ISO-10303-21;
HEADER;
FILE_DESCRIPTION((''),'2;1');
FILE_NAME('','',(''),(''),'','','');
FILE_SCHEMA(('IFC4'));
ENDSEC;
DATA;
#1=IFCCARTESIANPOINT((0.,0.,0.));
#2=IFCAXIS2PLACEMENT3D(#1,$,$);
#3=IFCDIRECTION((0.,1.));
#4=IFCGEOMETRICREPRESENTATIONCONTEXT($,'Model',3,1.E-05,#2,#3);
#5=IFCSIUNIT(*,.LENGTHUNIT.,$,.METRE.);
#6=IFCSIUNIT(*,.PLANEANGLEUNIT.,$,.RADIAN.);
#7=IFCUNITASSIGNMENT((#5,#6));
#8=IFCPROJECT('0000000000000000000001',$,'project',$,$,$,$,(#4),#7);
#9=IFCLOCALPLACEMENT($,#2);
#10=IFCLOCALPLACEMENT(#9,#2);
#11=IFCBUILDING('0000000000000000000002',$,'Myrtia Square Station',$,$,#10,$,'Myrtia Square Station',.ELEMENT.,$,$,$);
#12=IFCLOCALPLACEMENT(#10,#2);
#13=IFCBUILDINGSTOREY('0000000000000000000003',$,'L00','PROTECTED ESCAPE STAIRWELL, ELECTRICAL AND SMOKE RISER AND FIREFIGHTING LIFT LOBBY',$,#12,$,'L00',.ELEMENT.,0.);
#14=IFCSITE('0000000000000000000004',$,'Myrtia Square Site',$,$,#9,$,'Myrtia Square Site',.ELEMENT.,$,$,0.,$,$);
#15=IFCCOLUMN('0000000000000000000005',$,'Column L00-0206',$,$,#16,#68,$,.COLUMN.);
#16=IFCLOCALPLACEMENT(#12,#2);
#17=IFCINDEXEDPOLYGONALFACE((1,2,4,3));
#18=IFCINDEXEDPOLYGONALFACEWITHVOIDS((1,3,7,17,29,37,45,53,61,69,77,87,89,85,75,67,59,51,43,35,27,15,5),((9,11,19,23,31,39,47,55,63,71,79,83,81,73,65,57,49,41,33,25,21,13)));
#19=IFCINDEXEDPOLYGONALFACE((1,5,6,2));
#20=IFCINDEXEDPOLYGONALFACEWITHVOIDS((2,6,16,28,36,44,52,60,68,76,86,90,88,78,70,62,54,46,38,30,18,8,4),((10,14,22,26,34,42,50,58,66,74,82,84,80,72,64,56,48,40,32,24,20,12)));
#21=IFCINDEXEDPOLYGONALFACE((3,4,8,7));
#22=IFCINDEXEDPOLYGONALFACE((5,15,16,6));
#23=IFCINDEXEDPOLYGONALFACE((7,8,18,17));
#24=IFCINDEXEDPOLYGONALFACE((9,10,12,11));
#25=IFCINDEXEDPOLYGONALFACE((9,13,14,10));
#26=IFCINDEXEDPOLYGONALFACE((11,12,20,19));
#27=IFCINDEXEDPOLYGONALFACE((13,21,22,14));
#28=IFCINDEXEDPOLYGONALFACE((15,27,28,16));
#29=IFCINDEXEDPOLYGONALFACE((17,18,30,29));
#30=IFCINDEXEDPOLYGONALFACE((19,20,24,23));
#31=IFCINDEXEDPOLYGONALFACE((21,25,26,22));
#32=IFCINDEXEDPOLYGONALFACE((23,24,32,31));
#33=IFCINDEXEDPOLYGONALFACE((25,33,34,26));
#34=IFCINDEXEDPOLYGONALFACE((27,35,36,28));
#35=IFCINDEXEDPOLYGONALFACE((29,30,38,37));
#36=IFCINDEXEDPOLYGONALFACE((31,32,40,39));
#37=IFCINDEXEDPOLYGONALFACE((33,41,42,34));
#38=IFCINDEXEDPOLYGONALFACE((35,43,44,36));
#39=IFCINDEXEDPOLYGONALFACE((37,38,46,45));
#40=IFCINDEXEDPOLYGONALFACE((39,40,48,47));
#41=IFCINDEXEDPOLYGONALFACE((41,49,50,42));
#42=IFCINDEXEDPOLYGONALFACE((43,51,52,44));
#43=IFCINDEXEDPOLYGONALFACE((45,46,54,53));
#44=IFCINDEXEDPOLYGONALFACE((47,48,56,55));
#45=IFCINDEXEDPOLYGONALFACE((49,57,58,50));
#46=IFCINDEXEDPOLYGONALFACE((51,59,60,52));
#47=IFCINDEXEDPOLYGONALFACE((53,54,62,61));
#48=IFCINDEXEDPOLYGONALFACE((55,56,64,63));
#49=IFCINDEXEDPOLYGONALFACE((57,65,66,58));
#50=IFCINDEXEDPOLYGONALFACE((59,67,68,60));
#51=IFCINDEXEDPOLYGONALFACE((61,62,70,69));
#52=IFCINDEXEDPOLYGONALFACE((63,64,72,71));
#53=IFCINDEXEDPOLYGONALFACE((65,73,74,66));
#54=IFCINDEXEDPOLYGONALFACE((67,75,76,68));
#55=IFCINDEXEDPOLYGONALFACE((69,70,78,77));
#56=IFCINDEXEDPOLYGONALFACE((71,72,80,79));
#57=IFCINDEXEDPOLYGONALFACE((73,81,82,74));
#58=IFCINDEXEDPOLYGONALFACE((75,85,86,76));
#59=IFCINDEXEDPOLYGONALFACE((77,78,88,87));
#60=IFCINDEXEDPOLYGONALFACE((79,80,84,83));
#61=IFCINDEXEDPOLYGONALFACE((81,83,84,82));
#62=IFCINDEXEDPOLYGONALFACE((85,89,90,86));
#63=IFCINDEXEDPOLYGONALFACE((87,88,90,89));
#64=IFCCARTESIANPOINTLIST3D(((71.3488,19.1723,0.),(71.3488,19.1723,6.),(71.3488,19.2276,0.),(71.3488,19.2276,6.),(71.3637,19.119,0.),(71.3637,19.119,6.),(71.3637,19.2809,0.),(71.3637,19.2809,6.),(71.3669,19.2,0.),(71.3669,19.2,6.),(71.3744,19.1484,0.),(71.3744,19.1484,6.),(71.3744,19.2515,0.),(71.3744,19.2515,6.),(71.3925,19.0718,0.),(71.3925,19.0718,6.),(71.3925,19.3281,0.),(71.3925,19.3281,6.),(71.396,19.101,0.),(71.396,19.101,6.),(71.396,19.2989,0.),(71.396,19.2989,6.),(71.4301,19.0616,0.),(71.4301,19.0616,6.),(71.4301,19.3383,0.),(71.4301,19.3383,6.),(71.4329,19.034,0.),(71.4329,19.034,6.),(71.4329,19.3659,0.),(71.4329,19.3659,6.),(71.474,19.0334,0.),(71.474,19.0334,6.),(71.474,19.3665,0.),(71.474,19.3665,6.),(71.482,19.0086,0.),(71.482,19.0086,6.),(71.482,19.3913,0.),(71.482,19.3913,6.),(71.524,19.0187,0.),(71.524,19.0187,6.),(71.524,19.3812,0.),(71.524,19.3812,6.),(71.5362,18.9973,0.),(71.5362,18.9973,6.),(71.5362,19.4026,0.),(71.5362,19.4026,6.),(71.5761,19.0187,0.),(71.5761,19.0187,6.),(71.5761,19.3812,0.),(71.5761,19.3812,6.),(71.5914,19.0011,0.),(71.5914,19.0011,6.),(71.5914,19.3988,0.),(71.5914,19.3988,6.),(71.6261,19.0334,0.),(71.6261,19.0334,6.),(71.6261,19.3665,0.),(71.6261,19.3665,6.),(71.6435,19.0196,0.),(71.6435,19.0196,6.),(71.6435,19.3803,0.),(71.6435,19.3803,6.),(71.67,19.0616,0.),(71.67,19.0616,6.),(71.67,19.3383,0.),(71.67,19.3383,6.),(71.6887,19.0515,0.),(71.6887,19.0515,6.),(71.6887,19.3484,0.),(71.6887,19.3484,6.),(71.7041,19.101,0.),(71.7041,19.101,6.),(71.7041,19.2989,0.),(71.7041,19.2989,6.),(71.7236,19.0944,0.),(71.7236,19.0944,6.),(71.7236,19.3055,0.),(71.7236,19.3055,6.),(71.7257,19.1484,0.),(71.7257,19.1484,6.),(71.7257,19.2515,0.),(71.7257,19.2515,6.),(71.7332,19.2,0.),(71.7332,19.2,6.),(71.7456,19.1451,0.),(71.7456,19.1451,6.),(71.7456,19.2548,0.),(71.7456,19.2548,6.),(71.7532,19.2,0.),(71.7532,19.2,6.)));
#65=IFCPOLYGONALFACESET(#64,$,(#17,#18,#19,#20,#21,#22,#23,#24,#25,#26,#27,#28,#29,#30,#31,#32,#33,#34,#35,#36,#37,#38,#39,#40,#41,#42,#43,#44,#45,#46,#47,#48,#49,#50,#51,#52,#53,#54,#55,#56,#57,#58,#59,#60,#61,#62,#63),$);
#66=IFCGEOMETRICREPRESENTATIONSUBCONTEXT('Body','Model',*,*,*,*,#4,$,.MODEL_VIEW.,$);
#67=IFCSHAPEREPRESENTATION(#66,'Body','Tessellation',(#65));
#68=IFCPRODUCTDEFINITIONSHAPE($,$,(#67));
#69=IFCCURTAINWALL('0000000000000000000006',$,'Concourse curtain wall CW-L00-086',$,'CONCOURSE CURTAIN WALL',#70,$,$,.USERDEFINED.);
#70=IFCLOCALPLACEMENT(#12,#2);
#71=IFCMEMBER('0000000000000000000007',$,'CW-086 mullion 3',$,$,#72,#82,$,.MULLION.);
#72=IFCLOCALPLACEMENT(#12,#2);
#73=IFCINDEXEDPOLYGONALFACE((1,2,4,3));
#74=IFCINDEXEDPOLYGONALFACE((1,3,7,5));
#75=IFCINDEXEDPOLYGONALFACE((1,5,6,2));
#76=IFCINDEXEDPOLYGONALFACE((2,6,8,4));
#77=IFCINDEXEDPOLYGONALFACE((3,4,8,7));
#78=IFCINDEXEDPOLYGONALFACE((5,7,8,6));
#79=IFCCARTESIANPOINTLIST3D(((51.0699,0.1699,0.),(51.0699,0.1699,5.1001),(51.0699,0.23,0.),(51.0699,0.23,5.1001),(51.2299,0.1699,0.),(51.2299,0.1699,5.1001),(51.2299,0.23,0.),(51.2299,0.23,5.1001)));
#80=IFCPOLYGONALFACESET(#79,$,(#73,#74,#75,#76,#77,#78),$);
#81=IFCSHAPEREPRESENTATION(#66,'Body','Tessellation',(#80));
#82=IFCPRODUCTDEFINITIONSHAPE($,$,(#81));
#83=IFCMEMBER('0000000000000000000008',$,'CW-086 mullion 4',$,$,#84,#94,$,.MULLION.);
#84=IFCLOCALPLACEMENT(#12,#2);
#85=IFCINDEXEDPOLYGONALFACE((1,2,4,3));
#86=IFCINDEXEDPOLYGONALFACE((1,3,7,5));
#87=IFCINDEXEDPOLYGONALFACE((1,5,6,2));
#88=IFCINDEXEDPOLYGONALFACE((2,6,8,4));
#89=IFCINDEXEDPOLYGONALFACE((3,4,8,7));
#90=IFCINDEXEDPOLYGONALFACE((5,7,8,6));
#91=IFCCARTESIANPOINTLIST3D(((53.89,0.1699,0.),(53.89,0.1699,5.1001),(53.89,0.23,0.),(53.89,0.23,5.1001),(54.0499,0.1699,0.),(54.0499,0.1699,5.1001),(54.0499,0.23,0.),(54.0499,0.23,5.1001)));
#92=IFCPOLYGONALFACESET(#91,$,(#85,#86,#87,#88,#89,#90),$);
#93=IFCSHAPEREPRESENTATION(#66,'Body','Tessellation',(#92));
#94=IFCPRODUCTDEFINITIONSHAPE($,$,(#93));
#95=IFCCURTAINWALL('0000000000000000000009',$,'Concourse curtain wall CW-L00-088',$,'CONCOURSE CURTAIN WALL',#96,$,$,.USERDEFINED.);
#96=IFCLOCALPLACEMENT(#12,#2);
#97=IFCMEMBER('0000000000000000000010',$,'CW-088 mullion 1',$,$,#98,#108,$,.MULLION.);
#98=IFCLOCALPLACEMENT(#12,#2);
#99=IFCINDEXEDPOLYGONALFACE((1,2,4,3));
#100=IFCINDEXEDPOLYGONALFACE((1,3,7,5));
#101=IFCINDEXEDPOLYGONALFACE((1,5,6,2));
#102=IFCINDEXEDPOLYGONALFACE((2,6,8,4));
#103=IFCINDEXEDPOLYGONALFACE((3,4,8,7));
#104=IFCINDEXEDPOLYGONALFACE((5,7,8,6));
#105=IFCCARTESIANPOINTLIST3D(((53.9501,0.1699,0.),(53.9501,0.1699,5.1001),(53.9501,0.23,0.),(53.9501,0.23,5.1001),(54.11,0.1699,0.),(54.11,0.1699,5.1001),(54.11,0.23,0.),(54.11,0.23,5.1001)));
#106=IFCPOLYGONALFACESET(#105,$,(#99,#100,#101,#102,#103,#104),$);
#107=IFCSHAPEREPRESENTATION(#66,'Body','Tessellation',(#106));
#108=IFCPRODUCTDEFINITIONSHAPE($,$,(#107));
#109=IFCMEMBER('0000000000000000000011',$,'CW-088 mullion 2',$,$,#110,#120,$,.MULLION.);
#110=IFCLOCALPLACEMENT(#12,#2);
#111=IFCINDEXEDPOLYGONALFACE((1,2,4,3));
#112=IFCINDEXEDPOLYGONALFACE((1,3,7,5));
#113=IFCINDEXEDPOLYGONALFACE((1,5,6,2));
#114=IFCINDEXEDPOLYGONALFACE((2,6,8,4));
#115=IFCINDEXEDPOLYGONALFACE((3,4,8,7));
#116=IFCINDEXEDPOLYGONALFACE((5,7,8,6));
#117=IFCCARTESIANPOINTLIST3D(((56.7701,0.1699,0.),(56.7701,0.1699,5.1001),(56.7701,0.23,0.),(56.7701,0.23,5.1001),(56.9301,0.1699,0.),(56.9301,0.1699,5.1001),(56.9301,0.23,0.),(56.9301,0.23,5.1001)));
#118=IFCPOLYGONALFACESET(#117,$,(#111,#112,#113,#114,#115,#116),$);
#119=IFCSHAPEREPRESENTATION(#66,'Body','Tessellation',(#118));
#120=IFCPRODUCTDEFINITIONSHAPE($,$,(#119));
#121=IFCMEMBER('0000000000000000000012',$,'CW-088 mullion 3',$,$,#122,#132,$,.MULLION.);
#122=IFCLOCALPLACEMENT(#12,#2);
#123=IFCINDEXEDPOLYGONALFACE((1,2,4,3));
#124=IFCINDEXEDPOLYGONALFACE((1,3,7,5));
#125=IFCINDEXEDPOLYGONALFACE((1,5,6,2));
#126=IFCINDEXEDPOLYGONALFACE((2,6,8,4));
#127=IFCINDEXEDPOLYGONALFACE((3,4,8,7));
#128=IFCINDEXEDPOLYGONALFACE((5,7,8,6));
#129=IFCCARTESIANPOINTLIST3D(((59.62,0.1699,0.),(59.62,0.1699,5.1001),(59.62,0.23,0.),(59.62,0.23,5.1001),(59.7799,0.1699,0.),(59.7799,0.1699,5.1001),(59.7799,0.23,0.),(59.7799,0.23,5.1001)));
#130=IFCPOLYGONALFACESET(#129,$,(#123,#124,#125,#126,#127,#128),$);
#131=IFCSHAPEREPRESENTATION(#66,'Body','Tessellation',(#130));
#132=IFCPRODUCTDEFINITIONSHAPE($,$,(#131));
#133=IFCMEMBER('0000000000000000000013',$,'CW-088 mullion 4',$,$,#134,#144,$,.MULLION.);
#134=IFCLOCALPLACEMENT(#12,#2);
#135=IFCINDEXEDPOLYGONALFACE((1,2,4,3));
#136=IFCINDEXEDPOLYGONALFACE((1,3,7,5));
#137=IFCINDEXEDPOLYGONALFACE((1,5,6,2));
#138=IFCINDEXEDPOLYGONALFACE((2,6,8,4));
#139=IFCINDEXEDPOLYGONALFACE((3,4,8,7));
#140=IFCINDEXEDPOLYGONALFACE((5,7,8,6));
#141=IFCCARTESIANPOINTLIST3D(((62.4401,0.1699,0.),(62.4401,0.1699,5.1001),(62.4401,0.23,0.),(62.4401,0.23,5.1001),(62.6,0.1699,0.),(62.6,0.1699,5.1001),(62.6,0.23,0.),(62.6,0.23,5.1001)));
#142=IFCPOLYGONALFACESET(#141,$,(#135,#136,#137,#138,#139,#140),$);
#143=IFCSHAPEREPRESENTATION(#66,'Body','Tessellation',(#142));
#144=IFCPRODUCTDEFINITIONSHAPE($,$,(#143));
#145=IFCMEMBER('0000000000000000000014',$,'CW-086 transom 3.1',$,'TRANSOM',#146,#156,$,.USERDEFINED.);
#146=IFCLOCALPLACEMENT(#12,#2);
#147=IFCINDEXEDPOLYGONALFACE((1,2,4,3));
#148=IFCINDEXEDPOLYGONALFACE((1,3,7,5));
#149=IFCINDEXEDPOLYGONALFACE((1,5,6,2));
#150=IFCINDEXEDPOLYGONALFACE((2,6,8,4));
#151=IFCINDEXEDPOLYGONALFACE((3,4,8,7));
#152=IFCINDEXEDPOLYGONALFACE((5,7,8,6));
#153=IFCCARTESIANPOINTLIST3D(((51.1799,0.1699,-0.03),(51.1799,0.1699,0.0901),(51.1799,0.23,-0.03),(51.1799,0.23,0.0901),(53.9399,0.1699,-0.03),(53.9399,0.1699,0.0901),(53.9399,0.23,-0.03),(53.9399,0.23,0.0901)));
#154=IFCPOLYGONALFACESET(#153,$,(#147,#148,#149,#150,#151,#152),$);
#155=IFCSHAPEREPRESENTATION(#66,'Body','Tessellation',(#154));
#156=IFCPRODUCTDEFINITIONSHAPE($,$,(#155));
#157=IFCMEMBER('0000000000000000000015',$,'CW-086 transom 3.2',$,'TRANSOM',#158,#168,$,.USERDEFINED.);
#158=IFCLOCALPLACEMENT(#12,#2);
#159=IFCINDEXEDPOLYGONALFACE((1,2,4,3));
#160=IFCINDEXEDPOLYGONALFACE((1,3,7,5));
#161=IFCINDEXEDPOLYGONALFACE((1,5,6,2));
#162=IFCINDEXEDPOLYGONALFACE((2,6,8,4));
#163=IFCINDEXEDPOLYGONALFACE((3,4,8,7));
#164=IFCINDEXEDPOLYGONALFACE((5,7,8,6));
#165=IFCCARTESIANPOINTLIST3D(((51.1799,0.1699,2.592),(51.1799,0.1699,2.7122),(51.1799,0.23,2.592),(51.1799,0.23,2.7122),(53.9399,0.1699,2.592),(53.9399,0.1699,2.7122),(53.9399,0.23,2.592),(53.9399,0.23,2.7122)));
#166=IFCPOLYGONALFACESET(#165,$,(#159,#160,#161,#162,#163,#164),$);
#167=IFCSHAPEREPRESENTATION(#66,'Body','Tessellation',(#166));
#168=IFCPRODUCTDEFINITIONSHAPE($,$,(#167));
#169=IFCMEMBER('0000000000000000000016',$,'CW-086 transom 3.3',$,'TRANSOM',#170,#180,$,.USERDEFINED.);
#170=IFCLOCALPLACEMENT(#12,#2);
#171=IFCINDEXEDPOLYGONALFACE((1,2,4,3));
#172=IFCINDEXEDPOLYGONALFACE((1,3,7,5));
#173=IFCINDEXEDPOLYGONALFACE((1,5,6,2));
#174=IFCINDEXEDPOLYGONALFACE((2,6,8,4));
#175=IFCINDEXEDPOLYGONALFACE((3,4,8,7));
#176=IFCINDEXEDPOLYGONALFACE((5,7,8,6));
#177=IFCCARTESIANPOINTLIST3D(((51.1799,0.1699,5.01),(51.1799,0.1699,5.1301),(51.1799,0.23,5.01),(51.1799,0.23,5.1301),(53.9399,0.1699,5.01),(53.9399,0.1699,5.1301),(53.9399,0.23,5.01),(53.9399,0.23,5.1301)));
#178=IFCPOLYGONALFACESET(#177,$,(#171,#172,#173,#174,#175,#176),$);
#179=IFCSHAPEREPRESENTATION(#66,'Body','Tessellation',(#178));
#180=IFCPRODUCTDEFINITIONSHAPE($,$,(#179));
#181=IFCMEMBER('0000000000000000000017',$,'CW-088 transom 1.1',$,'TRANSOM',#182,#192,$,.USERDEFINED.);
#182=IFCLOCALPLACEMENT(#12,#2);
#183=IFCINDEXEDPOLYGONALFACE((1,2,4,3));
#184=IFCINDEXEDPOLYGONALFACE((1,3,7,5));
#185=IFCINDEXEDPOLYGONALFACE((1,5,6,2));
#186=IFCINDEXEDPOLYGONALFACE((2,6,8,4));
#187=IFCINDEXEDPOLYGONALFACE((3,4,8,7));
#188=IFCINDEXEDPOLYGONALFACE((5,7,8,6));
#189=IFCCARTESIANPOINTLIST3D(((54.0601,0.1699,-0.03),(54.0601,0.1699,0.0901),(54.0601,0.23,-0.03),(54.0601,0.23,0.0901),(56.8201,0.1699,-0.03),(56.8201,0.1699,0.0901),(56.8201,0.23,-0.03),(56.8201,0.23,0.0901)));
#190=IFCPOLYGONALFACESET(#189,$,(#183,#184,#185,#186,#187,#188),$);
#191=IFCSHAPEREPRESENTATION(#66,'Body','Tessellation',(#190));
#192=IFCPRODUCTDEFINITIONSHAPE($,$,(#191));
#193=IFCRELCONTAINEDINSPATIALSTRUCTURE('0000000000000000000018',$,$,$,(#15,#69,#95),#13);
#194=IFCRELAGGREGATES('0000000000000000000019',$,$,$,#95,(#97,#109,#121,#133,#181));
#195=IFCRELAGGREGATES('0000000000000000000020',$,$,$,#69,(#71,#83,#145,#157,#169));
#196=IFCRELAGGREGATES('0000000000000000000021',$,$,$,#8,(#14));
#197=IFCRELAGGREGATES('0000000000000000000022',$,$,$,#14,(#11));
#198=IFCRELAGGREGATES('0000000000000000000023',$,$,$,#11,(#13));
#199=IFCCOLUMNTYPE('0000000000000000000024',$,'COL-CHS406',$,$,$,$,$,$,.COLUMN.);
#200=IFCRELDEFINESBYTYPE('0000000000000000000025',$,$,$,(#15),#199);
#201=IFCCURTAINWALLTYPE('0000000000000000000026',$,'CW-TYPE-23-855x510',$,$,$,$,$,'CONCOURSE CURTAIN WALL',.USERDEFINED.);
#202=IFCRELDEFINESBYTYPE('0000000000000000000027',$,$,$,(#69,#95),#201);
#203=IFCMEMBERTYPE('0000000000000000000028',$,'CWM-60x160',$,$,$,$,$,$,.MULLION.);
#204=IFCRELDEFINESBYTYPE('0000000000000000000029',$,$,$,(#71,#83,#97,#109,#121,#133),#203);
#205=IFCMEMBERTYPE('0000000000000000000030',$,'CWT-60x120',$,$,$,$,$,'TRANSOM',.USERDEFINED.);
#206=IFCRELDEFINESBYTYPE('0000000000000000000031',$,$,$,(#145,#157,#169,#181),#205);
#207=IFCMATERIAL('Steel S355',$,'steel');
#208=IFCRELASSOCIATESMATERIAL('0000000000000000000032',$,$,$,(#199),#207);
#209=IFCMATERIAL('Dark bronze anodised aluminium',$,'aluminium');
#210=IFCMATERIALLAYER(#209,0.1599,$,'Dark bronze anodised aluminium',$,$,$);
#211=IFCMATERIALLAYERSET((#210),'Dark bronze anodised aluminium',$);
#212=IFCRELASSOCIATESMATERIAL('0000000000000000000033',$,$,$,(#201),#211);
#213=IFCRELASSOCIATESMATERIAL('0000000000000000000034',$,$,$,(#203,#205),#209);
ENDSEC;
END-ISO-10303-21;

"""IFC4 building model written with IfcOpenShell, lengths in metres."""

from ifc_helpers import new_model, si_unit, direction, frame, origin, origin_2d, place, context, subcontext, project, spatial, rectangle, hollow_circle, extrude, material, layer, layer_set, material_profile, profile_set, type_object, element, aggregate, save


model = new_model("IFC4")

# Units and contexts
model_context = context("Model", 3, precision=1e-05, world=origin(), true_north=direction((0.0, 1.0)))
body_context = subcontext(model_context, "Body", "Model", "MODEL_VIEW")
ifc_project = project(units=[si_unit("LENGTHUNIT", "METRE"), si_unit("PLANEANGLEUNIT", "RADIAN")], contexts=[model_context])

# Site, building, storey
site_placement = place(None, origin())
site = spatial("IfcSite", under=ifc_project, at=site_placement, Name="Myrtia Square Site", LongName="Myrtia Square Site", CompositionType="ELEMENT", RefElevation=0.0)
building_placement = place(site_placement, origin())
building = spatial("IfcBuilding", under=site, at=building_placement, Name="Myrtia Square Station", LongName="Myrtia Square Station", CompositionType="ELEMENT")
storey_placement = place(building_placement, origin())
storey = spatial("IfcBuildingStorey", under=building, at=storey_placement, Name="L00", Description="PROTECTED ESCAPE STAIRWELL, ELECTRICAL AND SMOKE RISER AND FIREFIGHTING LIFT LOBBY", LongName="L00", CompositionType="ELEMENT", Elevation=0.0)

# Column
ifc_material_1 = material(Name="Steel S355", Category="steel")
ifc_material_profile_1 = material_profile(ifc_material_1, hollow_circle(Radius=0.2031, WallThickness=0.02, at=origin_2d()), Name="CHS 406.4x20")
ifc_profile_set_1 = profile_set([ifc_material_profile_1], Name="Steel S355")
column_type = type_object("IfcColumnType", Name="COL-CHS406", PredefinedType="COLUMN", material=ifc_profile_set_1)
for number, where, z_axis, x_axis, name in (
    (1, (71.55, 19.2, 0.0), (0.0, 0.0, 1.0), (1.0, 0.0, 0.0), "Column L00-0206"),
):
    element("IfcColumn", number, at=place(storey_placement, frame(where, z_axis=z_axis, x_axis=x_axis)), inside=storey, type_object=column_type, Name=name, PredefinedType="COLUMN", context=body_context, shape_type="SweptSolid", body=[
        extrude(hollow_circle(Radius=0.2031, WallThickness=0.02, at=origin_2d()), origin(), (0.0, 0.0, 1.0), 6.0),
    ])

# Curtain walls, members
ifc_material_2 = material(Name="Dark bronze anodised aluminium", Category="aluminium")
ifc_layer_1 = layer(ifc_material_2, 0.1599, Name="Dark bronze anodised aluminium")
ifc_layer_set_1 = layer_set([ifc_layer_1], Name="Dark bronze anodised aluminium")
curtain_wall_type = type_object("IfcCurtainWallType", Name="CW-TYPE-23-855x510", ElementType="CONCOURSE CURTAIN WALL", PredefinedType="USERDEFINED", material=ifc_layer_set_1)
curtain_wall_1_placement = place(storey_placement, origin())
curtain_wall_1 = element("IfcCurtainWall", 2, at=curtain_wall_1_placement, inside=storey, type_object=curtain_wall_type, Name="Concourse curtain wall CW-L00-086", ObjectType="CONCOURSE CURTAIN WALL", PredefinedType="USERDEFINED")
ifc_material_profile_2 = material_profile(ifc_material_2, rectangle(XDim=0.0601, YDim=0.1599, at=origin_2d()), Name="ALU-M 60x160")
ifc_profile_set_2 = profile_set([ifc_material_profile_2], Name="Dark bronze anodised aluminium")
member_type_1 = type_object("IfcMemberType", Name="CWM-60x160", PredefinedType="MULLION", material=ifc_profile_set_2)
member_1_placement = place(storey_placement, frame((51.1499, 0.2, 0.0), z_axis=(0.0, 0.0, 1.0), x_axis=(0.0, 1.0, 0.0)))
member_1 = element("IfcMember", 3, at=member_1_placement, type_object=member_type_1, Name="CW-086 mullion 3", PredefinedType="MULLION", context=body_context, shape_type="SweptSolid", body=[
    extrude(rectangle(XDim=0.0601, YDim=0.1599, at=origin_2d()), origin(), (0.0, 0.0, 1.0), 5.1001),
])
member_2_placement = place(storey_placement, frame((53.97, 0.2, 0.0), z_axis=(0.0, 0.0, 1.0), x_axis=(0.0, 1.0, 0.0)))
member_2 = element("IfcMember", 4, at=member_2_placement, type_object=member_type_1, Name="CW-086 mullion 4", PredefinedType="MULLION", context=body_context, shape_type="SweptSolid", body=[
    extrude(rectangle(XDim=0.0601, YDim=0.1599, at=origin_2d()), origin(), (0.0, 0.0, 1.0), 5.1001),
])
curtain_wall_2_placement = place(storey_placement, origin())
curtain_wall_2 = element("IfcCurtainWall", 5, at=curtain_wall_2_placement, inside=storey, type_object=curtain_wall_type, Name="Concourse curtain wall CW-L00-088", ObjectType="CONCOURSE CURTAIN WALL", PredefinedType="USERDEFINED")
member_3_placement = place(storey_placement, frame((54.03, 0.2, 0.0), z_axis=(0.0, 0.0, 1.0), x_axis=(0.0, 1.0, 0.0)))
member_3 = element("IfcMember", 6, at=member_3_placement, type_object=member_type_1, Name="CW-088 mullion 1", PredefinedType="MULLION", context=body_context, shape_type="SweptSolid", body=[
    extrude(rectangle(XDim=0.0601, YDim=0.1599, at=origin_2d()), origin(), (0.0, 0.0, 1.0), 5.1001),
])
member_4_placement = place(storey_placement, frame((56.8501, 0.2, 0.0), z_axis=(0.0, 0.0, 1.0), x_axis=(0.0, 1.0, 0.0)))
member_4 = element("IfcMember", 7, at=member_4_placement, type_object=member_type_1, Name="CW-088 mullion 2", PredefinedType="MULLION", context=body_context, shape_type="SweptSolid", body=[
    extrude(rectangle(XDim=0.0601, YDim=0.1599, at=origin_2d()), origin(), (0.0, 0.0, 1.0), 5.1001),
])
member_5_placement = place(storey_placement, frame((59.7, 0.2, 0.0), z_axis=(0.0, 0.0, 1.0), x_axis=(0.0, 1.0, 0.0)))
member_5 = element("IfcMember", 8, at=member_5_placement, type_object=member_type_1, Name="CW-088 mullion 3", PredefinedType="MULLION", context=body_context, shape_type="SweptSolid", body=[
    extrude(rectangle(XDim=0.0601, YDim=0.1599, at=origin_2d()), origin(), (0.0, 0.0, 1.0), 5.1001),
])
member_6_placement = place(storey_placement, frame((62.52, 0.2, 0.0), z_axis=(0.0, 0.0, 1.0), x_axis=(0.0, 1.0, 0.0)))
member_6 = element("IfcMember", 9, at=member_6_placement, type_object=member_type_1, Name="CW-088 mullion 4", PredefinedType="MULLION", context=body_context, shape_type="SweptSolid", body=[
    extrude(rectangle(XDim=0.0601, YDim=0.1599, at=origin_2d()), origin(), (0.0, 0.0, 1.0), 5.1001),
])

# Members
ifc_material_profile_3 = material_profile(ifc_material_2, rectangle(XDim=0.0601, YDim=0.1201, at=origin_2d()), Name="ALU-T 60x120")
ifc_profile_set_3 = profile_set([ifc_material_profile_3], Name="Dark bronze anodised aluminium")
member_type_2 = type_object("IfcMemberType", Name="CWT-60x120", ElementType="TRANSOM", PredefinedType="USERDEFINED", material=ifc_profile_set_3)
member_7_placement = place(storey_placement, frame((51.1799, 0.2, 0.03), z_axis=(1.0, 0.0, 0.0), x_axis=(0.0, 1.0, 0.0)))
member_7 = element("IfcMember", 10, at=member_7_placement, type_object=member_type_2, Name="CW-086 transom 3.1", ObjectType="TRANSOM", PredefinedType="USERDEFINED", context=body_context, shape_type="SweptSolid", body=[
    extrude(rectangle(XDim=0.0601, YDim=0.1201, at=origin_2d()), origin(), (0.0, 0.0, 1.0), 2.76),
])
member_8_placement = place(storey_placement, frame((51.1799, 0.2, 2.6521), z_axis=(1.0, 0.0, 0.0), x_axis=(0.0, 1.0, 0.0)))
member_8 = element("IfcMember", 11, at=member_8_placement, type_object=member_type_2, Name="CW-086 transom 3.2", ObjectType="TRANSOM", PredefinedType="USERDEFINED", context=body_context, shape_type="SweptSolid", body=[
    extrude(rectangle(XDim=0.0601, YDim=0.1201, at=origin_2d()), origin(), (0.0, 0.0, 1.0), 2.76),
])
member_9_placement = place(storey_placement, frame((51.1799, 0.2, 5.0701), z_axis=(1.0, 0.0, 0.0), x_axis=(0.0, 1.0, 0.0)))
member_9 = element("IfcMember", 12, at=member_9_placement, type_object=member_type_2, Name="CW-086 transom 3.3", ObjectType="TRANSOM", PredefinedType="USERDEFINED", context=body_context, shape_type="SweptSolid", body=[
    extrude(rectangle(XDim=0.0601, YDim=0.1201, at=origin_2d()), origin(), (0.0, 0.0, 1.0), 2.76),
])
member_10_placement = place(storey_placement, frame((54.0601, 0.2, 0.03), z_axis=(1.0, 0.0, 0.0), x_axis=(0.0, 1.0, 0.0)))
member_10 = element("IfcMember", 13, at=member_10_placement, type_object=member_type_2, Name="CW-088 transom 1.1", ObjectType="TRANSOM", PredefinedType="USERDEFINED", context=body_context, shape_type="SweptSolid", body=[
    extrude(rectangle(XDim=0.0601, YDim=0.1201, at=origin_2d()), origin(), (0.0, 0.0, 1.0), 2.76),
])

aggregate(curtain_wall_2, [member_3, member_4, member_5, member_6, member_10])
aggregate(curtain_wall_1, [member_1, member_2, member_7, member_8, member_9])

save(model, "model.ifc")
